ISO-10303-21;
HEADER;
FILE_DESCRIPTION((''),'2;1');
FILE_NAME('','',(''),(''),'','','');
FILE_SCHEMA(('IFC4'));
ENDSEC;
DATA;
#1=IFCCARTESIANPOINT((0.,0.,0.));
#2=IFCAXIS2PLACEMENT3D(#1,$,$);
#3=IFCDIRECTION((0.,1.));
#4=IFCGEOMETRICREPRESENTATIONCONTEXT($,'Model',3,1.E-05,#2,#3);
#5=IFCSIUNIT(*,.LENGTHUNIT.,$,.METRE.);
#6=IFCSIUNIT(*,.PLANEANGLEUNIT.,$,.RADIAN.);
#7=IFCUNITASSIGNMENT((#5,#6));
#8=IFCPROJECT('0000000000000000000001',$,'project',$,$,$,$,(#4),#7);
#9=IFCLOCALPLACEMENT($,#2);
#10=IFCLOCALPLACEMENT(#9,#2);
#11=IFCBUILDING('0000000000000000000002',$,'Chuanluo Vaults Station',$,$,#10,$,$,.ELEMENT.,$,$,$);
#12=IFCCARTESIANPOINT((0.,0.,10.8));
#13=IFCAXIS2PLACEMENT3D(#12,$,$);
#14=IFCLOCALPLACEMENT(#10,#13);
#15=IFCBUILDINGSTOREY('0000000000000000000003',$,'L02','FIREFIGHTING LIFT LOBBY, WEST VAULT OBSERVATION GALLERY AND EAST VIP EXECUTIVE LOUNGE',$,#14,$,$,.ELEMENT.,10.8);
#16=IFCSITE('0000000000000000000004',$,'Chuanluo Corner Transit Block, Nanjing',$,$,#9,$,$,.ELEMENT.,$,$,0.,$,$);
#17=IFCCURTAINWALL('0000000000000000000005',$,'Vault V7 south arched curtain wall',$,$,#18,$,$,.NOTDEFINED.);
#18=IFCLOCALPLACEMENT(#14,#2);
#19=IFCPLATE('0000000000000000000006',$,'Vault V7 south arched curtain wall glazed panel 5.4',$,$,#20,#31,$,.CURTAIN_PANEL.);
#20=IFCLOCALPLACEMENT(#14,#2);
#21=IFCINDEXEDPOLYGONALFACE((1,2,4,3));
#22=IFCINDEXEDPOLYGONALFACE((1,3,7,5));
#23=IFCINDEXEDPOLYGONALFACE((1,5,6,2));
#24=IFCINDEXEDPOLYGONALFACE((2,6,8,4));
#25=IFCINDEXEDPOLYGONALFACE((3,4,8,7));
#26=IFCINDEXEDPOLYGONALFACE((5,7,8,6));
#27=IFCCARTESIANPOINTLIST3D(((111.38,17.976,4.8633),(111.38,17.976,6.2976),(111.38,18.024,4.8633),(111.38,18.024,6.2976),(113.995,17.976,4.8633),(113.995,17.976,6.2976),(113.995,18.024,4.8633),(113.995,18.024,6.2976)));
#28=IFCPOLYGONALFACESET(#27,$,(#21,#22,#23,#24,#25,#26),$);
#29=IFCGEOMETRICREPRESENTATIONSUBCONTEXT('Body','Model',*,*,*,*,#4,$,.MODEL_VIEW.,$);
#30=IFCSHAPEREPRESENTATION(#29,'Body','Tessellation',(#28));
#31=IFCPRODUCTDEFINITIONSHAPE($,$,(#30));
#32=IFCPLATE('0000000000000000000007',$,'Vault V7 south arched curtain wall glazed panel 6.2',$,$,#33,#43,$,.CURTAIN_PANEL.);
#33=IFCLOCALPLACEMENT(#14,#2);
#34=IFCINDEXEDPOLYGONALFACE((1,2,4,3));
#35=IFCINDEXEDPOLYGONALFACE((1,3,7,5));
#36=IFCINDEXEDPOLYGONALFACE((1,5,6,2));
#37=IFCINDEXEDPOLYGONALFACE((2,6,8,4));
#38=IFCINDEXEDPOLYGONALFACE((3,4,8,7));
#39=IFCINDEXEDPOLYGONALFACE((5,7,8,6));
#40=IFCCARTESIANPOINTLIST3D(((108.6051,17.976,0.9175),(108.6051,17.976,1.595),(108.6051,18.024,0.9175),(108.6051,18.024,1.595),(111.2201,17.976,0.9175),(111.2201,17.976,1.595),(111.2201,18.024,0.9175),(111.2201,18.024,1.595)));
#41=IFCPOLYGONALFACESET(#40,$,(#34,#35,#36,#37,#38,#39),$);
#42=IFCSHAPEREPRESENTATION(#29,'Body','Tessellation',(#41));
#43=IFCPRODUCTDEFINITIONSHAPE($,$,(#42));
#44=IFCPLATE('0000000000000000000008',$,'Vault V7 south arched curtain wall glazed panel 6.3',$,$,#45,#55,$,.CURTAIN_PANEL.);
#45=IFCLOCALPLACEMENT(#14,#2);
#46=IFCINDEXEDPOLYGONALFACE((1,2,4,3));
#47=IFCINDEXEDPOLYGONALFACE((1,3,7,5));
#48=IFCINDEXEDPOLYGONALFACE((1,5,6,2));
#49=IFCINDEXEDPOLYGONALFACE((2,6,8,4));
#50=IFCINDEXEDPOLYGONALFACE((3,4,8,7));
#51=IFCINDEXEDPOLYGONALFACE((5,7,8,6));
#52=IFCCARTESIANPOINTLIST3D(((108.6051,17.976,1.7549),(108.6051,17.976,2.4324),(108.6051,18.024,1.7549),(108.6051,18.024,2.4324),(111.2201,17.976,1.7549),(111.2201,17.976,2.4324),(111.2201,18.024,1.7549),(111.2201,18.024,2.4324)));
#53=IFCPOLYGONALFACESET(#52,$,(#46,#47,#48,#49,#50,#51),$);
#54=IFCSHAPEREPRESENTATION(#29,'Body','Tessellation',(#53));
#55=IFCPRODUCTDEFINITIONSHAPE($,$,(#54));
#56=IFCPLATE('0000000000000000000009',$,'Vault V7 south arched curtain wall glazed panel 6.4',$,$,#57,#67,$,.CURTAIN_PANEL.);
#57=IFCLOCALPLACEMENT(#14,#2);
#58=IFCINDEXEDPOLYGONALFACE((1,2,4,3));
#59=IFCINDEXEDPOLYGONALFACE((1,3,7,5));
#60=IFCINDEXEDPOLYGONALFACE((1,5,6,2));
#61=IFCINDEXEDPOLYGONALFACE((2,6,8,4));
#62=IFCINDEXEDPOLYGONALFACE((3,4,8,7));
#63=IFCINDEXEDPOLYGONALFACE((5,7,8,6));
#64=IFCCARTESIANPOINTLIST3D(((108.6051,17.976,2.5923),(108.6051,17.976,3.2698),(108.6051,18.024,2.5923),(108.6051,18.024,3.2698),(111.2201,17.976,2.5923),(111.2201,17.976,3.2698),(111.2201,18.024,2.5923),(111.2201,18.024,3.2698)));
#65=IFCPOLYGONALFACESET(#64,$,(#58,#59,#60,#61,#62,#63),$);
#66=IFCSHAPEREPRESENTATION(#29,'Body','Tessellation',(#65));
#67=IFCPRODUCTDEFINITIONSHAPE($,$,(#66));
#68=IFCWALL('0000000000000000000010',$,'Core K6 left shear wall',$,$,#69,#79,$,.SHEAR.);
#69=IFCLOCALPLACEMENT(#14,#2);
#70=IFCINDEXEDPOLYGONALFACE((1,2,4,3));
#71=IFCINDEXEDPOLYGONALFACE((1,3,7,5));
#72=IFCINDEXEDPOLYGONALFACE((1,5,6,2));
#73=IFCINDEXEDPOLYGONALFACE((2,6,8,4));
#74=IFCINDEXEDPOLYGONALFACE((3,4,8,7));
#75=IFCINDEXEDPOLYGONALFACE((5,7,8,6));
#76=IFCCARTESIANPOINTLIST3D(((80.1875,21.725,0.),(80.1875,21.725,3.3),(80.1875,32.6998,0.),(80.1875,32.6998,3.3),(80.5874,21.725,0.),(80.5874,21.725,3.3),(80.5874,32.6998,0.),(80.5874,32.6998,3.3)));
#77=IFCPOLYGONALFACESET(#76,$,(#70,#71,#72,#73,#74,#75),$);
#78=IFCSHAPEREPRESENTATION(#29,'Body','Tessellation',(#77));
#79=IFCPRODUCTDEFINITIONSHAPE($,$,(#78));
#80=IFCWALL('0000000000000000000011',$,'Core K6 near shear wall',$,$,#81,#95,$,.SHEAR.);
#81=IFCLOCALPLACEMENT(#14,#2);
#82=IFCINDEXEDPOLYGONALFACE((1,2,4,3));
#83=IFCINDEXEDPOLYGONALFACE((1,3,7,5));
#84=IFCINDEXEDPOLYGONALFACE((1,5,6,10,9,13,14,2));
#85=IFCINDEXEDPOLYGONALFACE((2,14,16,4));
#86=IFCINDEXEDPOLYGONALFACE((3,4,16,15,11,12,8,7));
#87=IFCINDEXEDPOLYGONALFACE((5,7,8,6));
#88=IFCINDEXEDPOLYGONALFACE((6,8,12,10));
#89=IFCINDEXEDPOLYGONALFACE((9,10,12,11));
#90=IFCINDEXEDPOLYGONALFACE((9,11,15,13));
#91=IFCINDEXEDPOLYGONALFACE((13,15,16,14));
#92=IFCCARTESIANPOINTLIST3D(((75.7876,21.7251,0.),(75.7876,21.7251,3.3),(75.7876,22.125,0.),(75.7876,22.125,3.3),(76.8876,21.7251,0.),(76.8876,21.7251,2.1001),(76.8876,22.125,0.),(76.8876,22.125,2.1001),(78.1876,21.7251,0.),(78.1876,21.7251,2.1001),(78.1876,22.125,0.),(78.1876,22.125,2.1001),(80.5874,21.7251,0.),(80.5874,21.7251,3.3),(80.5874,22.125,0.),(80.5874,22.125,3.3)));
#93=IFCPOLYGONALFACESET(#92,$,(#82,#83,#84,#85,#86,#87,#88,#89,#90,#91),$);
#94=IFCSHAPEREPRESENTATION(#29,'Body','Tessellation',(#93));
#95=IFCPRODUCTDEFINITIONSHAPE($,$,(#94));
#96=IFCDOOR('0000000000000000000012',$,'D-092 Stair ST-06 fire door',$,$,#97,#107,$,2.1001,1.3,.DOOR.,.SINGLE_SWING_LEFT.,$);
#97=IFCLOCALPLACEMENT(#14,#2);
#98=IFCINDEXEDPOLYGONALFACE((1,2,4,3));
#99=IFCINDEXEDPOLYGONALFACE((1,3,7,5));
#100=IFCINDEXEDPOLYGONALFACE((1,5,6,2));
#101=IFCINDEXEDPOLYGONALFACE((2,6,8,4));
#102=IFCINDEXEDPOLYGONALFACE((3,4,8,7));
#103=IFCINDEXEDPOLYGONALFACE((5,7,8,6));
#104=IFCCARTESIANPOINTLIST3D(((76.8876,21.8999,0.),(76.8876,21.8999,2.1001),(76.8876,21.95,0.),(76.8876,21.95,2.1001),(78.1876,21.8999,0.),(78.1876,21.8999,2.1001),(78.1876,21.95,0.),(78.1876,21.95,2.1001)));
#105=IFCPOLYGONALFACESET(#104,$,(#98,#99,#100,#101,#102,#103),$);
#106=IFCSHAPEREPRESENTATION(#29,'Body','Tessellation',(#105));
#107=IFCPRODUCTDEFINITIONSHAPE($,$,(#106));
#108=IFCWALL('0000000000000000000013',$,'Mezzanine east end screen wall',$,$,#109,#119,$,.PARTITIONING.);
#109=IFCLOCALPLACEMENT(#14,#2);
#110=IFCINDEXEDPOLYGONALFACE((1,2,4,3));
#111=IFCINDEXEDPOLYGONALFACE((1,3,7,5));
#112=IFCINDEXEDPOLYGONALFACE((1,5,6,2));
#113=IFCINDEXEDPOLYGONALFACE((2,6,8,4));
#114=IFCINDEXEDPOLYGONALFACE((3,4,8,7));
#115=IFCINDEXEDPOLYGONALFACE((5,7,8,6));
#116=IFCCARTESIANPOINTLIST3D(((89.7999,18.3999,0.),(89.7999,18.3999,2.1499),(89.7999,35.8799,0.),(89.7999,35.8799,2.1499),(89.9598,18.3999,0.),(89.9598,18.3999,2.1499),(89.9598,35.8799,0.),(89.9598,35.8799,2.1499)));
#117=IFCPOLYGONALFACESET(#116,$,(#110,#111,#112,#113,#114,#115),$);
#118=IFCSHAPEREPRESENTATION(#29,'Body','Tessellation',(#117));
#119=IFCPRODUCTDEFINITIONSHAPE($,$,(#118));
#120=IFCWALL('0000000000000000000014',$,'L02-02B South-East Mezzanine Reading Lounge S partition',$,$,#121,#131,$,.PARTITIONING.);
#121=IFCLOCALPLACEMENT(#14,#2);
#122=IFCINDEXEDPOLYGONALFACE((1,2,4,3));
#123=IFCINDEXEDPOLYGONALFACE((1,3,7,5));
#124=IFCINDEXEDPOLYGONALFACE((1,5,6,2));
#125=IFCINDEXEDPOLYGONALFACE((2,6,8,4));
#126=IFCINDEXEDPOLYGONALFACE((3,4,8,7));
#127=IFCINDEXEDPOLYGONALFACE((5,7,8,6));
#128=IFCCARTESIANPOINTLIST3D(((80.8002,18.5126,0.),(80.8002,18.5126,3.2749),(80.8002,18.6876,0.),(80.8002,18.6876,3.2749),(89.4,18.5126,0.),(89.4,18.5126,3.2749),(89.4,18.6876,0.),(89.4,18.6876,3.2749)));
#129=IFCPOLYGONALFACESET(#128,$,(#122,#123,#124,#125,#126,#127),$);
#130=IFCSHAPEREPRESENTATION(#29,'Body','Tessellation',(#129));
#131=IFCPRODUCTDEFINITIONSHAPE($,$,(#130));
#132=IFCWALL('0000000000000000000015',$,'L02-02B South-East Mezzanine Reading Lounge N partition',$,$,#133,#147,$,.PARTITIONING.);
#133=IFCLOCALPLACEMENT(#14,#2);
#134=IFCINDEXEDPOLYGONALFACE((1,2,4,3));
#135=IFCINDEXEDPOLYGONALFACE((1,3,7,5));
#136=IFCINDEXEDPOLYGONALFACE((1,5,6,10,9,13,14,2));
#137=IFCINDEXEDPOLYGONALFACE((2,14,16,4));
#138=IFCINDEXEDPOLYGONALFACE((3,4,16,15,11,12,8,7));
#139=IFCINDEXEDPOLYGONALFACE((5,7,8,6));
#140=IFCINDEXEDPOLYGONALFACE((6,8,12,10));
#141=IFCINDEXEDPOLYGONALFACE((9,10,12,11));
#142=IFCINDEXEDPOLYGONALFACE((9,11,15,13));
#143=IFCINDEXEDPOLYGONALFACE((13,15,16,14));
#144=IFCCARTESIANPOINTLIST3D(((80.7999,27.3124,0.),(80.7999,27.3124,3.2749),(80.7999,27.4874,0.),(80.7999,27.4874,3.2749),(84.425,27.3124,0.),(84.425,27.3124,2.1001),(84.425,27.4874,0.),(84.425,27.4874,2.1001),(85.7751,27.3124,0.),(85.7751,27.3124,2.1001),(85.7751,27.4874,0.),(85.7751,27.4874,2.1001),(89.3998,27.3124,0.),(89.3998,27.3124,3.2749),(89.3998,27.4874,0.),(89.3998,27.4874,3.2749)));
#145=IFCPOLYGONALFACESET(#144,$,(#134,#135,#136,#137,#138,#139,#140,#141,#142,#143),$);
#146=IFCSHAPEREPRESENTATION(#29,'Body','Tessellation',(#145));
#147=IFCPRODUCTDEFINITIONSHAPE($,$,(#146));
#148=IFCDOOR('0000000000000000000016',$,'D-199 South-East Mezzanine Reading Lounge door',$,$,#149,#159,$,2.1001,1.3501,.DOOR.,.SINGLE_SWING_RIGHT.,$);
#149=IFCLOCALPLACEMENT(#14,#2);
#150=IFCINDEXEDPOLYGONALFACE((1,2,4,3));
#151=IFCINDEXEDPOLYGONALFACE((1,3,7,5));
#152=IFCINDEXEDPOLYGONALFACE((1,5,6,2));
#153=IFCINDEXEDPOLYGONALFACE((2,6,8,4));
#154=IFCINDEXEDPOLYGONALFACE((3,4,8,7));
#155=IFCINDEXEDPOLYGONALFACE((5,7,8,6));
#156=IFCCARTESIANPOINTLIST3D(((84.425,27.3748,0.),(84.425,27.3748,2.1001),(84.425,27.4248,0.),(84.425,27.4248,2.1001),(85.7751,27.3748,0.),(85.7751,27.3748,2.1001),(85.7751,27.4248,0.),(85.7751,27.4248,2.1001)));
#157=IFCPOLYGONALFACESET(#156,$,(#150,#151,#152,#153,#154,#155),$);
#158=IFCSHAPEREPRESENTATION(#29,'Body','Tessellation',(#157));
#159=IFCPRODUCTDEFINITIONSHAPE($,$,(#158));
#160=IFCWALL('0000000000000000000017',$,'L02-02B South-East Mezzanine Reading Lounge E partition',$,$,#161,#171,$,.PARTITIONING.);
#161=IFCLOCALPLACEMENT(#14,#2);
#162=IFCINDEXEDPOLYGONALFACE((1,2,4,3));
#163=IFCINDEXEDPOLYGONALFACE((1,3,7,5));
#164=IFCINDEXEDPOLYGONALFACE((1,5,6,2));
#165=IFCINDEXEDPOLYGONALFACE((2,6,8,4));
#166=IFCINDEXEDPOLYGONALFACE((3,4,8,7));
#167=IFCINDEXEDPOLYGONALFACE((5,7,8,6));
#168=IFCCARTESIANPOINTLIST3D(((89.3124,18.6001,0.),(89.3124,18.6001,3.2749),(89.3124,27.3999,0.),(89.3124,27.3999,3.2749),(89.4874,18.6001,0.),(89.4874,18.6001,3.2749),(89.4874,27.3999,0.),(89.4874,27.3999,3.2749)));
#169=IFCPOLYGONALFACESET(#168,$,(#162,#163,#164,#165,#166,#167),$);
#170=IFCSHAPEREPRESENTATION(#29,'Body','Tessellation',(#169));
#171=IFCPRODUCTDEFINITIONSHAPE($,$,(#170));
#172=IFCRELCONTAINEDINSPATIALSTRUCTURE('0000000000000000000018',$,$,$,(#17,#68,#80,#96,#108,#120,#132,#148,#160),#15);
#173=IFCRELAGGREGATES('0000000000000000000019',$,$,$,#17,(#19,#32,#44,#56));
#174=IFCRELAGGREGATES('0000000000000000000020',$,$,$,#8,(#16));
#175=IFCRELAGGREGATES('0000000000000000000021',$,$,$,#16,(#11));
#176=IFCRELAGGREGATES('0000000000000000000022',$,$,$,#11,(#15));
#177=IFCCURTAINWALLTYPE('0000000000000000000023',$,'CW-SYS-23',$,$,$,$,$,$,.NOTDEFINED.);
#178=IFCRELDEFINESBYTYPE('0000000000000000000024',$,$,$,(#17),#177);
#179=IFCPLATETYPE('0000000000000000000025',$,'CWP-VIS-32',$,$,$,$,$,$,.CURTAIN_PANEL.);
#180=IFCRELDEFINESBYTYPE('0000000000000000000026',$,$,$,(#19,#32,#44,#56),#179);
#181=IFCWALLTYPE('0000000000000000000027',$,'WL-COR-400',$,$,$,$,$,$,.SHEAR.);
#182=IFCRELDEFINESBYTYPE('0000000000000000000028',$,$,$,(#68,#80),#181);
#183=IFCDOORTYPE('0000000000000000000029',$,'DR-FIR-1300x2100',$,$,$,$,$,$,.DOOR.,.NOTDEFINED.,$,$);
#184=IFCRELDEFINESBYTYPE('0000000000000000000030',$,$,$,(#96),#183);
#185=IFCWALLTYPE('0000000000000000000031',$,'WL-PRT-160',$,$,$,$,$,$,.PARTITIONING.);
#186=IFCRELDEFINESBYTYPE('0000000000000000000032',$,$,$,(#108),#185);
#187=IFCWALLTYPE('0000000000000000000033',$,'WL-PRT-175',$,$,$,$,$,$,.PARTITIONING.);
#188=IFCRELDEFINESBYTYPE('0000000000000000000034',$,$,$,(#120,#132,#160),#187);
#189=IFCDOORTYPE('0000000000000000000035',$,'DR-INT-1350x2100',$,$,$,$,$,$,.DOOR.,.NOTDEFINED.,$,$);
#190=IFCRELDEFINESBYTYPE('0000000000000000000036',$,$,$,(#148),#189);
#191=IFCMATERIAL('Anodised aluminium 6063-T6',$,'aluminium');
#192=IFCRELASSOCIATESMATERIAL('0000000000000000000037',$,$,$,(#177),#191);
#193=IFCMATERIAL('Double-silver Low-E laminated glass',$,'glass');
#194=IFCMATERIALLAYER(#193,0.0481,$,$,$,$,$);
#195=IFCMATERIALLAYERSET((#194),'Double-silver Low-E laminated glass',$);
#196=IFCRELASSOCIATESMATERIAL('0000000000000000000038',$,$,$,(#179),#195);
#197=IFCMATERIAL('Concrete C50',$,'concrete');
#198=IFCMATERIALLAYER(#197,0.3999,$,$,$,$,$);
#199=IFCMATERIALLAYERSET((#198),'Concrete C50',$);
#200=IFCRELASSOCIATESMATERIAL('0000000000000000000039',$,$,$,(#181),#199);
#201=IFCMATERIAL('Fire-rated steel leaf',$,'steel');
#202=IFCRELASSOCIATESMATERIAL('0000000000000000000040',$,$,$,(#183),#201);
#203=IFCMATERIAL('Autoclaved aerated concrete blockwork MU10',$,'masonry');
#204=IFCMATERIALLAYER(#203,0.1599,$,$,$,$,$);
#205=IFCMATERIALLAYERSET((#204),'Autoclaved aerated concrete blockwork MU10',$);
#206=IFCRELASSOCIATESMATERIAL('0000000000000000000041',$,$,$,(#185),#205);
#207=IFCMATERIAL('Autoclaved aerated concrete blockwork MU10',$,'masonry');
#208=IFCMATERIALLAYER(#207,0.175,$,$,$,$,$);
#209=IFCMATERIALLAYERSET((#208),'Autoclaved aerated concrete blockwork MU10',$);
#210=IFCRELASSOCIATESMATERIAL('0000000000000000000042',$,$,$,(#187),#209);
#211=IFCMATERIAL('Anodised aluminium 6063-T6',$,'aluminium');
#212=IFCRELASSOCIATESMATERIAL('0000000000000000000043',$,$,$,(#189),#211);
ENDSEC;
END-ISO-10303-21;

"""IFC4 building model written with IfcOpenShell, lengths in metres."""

from ifc_helpers import new_model, si_unit, direction, frame, frame_2d, origin, origin_2d, place, context, subcontext, project, spatial, rectangle, extrude, material, layer, layer_set, type_object, element, fill, aggregate, save


model = new_model("IFC4")

# Units and contexts
model_context = context("Model", 3, precision=1e-05, world=origin(), true_north=direction((0.0, 1.0)))
body_context = subcontext(model_context, "Body", "Model", "MODEL_VIEW")
ifc_project = project(units=[si_unit("LENGTHUNIT", "METRE"), si_unit("PLANEANGLEUNIT", "RADIAN")], contexts=[model_context])

# Site, building, storey
site_placement = place(None, origin())
site = spatial("IfcSite", under=ifc_project, at=site_placement, Name="Chuanluo Corner Transit Block, Nanjing", CompositionType="ELEMENT", RefElevation=0.0)
building_placement = place(site_placement, origin())
building = spatial("IfcBuilding", under=site, at=building_placement, Name="Chuanluo Vaults Station", CompositionType="ELEMENT")
storey_placement = place(building_placement, frame((0.0, 0.0, 10.8)))
storey = spatial("IfcBuildingStorey", under=building, at=storey_placement, Name="L02", Description="FIREFIGHTING LIFT LOBBY, WEST VAULT OBSERVATION GALLERY AND EAST VIP EXECUTIVE LOUNGE", CompositionType="ELEMENT", Elevation=10.8)

# Curtain wall, plates
ifc_material_1 = material(Name="Anodised aluminium 6063-T6", Category="aluminium")
curtain_wall_type = type_object("IfcCurtainWallType", Name="CW-SYS-23", PredefinedType="NOTDEFINED", material=ifc_material_1)
curtain_wall_placement = place(storey_placement, origin())
curtain_wall = element("IfcCurtainWall", 1, at=curtain_wall_placement, inside=storey, type_object=curtain_wall_type, Name="Vault V7 south arched curtain wall", PredefinedType="NOTDEFINED")
ifc_material_2 = material(Name="Double-silver Low-E laminated glass", Category="glass")
ifc_layer_1 = layer(ifc_material_2, 0.0481)
ifc_layer_set_1 = layer_set([ifc_layer_1], Name="Double-silver Low-E laminated glass")
plate_type_1 = type_object("IfcPlateType", Name="CWP-VIS-32", PredefinedType="CURTAIN_PANEL", material=ifc_layer_set_1)
plate_1_placement = place(storey_placement, frame((112.6875, 18.0, 4.8633), z_axis=(0.0, 0.0, 1.0), x_axis=(-1.0, 0.0, 0.0)))
plate_1 = element("IfcPlate", 2, at=plate_1_placement, type_object=plate_type_1, Name="Vault V7 south arched curtain wall glazed panel 5.4", PredefinedType="CURTAIN_PANEL", context=body_context, shape_type="SweptSolid", body=[
    extrude(rectangle(XDim=2.615, YDim=0.0481, at=origin_2d()), origin(), (0.0, 0.0, 1.0), 1.4343),
])
plate_2_placement = place(storey_placement, frame((109.9126, 18.0, 0.9175), z_axis=(0.0, 0.0, 1.0), x_axis=(-1.0, 0.0, 0.0)))
plate_2 = element("IfcPlate", 3, at=plate_2_placement, type_object=plate_type_1, Name="Vault V7 south arched curtain wall glazed panel 6.2", PredefinedType="CURTAIN_PANEL", context=body_context, shape_type="SweptSolid", body=[
    extrude(rectangle(XDim=2.615, YDim=0.0481, at=origin_2d()), origin(), (0.0, 0.0, 1.0), 0.6775),
])
plate_3_placement = place(storey_placement, frame((109.9126, 18.0, 1.7549), z_axis=(0.0, 0.0, 1.0), x_axis=(-1.0, 0.0, 0.0)))
plate_3 = element("IfcPlate", 4, at=plate_3_placement, type_object=plate_type_1, Name="Vault V7 south arched curtain wall glazed panel 6.3", PredefinedType="CURTAIN_PANEL", context=body_context, shape_type="SweptSolid", body=[
    extrude(rectangle(XDim=2.615, YDim=0.0481, at=origin_2d()), origin(), (0.0, 0.0, 1.0), 0.6775),
])
plate_4_placement = place(storey_placement, frame((109.9126, 18.0, 2.5923), z_axis=(0.0, 0.0, 1.0), x_axis=(-1.0, 0.0, 0.0)))
plate_4 = element("IfcPlate", 5, at=plate_4_placement, type_object=plate_type_1, Name="Vault V7 south arched curtain wall glazed panel 6.4", PredefinedType="CURTAIN_PANEL", context=body_context, shape_type="SweptSolid", body=[
    extrude(rectangle(XDim=2.615, YDim=0.0481, at=origin_2d()), origin(), (0.0, 0.0, 1.0), 0.6775),
])
aggregate(curtain_wall, [plate_1, plate_2, plate_3, plate_4])

# Wall
ifc_material_3 = material(Name="Concrete C50", Category="concrete")
ifc_layer_2 = layer(ifc_material_3, 0.3999)
ifc_layer_set_2 = layer_set([ifc_layer_2], Name="Concrete C50")
wall_type_1 = type_object("IfcWallType", Name="WL-COR-400", PredefinedType="SHEAR", material=ifc_layer_set_2)
wall_1_placement = place(storey_placement, frame((80.3875, 21.7251, 0.0), z_axis=(0.0, 0.0, 1.0), x_axis=(0.0, 1.0, 0.0)))
element("IfcWall", 6, at=wall_1_placement, inside=storey, type_object=wall_type_1, Name="Core K6 left shear wall", PredefinedType="SHEAR", context=body_context, shape_type="SweptSolid", body=[
    extrude(rectangle(XDim=10.9749, YDim=0.3999, at=frame_2d((5.4873, 0.0))), origin(), (0.0, 0.0, 1.0), 3.3),
])

# Wall, opening, door
wall_2_placement = place(storey_placement, frame((75.7876, 21.925, 0.0), z_axis=(0.0, 0.0, 1.0), x_axis=(1.0, 0.0, 0.0)))
wall_2 = element("IfcWall", 7, at=wall_2_placement, inside=storey, type_object=wall_type_1, Name="Core K6 near shear wall", PredefinedType="SHEAR", context=body_context, shape_type="SweptSolid", body=[
    extrude(rectangle(XDim=4.7998, YDim=0.3999, at=frame_2d((2.3999, 0.0))), origin(), (0.0, 0.0, 1.0), 3.3),
])
opening_1_placement = place(wall_2_placement, frame((1.1001, 0.0, 0.0)))
opening_1 = element("IfcOpeningElement", 8, at=opening_1_placement, cuts=wall_2, PredefinedType="OPENING", context=body_context, shape_type="SweptSolid", body=[
    extrude(rectangle(XDim=1.3, YDim=2.1001, at=frame_2d((0.6499, 1.05))), frame((0.0, 0.2099, 0.0), z_axis=(0.0, -1.0, 0.0), x_axis=(1.0, 0.0, 0.0)), (0.0, 0.0, 1.0), 0.4199),
])
ifc_material_4 = material(Name="Fire-rated steel leaf", Category="steel")
door_type_1 = type_object("IfcDoorType", Name="DR-FIR-1300x2100", OperationType="NOTDEFINED", PredefinedType="DOOR", material=ifc_material_4)
door_1_placement = place(opening_1_placement, origin())
door_1 = element("IfcDoor", 9, at=door_1_placement, inside=storey, type_object=door_type_1, Name="D-092 Stair ST-06 fire door", OperationType="SINGLE_SWING_LEFT", OverallHeight=2.1001, OverallWidth=1.3, PredefinedType="DOOR", context=body_context, shape_type="SweptSolid", body=[
    extrude(rectangle(XDim=1.3, YDim=2.1001, at=frame_2d((0.6499, 1.05))), frame((0.0, 0.0249, 0.0), z_axis=(0.0, -1.0, 0.0), x_axis=(1.0, 0.0, 0.0)), (0.0, 0.0, 1.0), 0.05),
])
fill(opening_1, door_1)

# Walls
ifc_material_5 = material(Name="Autoclaved aerated concrete blockwork MU10", Category="masonry")
ifc_layer_3 = layer(ifc_material_5, 0.1599)
ifc_layer_set_3 = layer_set([ifc_layer_3], Name="Autoclaved aerated concrete blockwork MU10")
wall_type_2 = type_object("IfcWallType", Name="WL-PRT-160", PredefinedType="PARTITIONING", material=ifc_layer_set_3)
wall_3_placement = place(storey_placement, frame((89.8799, 18.3999, 0.0), z_axis=(0.0, 0.0, 1.0), x_axis=(0.0, 1.0, 0.0)))
element("IfcWall", 10, at=wall_3_placement, inside=storey, type_object=wall_type_2, Name="Mezzanine east end screen wall", PredefinedType="PARTITIONING", context=body_context, shape_type="SweptSolid", body=[
    extrude(rectangle(XDim=17.48, YDim=0.1599, at=frame_2d((8.74, 0.0))), origin(), (0.0, 0.0, 1.0), 2.1499),
])
ifc_material_6 = material(Name="Autoclaved aerated concrete blockwork MU10", Category="masonry")
ifc_layer_4 = layer(ifc_material_6, 0.175)
ifc_layer_set_4 = layer_set([ifc_layer_4], Name="Autoclaved aerated concrete blockwork MU10")
wall_type_3 = type_object("IfcWallType", Name="WL-PRT-175", PredefinedType="PARTITIONING", material=ifc_layer_set_4)
wall_4_placement = place(storey_placement, frame((89.3999, 18.6001, 0.0), z_axis=(0.0, 0.0, 1.0), x_axis=(-1.0, 0.0, 0.0)))
element("IfcWall", 11, at=wall_4_placement, inside=storey, type_object=wall_type_3, Name="L02-02B South-East Mezzanine Reading Lounge S partition", PredefinedType="PARTITIONING", context=body_context, shape_type="SweptSolid", body=[
    extrude(rectangle(XDim=8.5999, YDim=0.175, at=frame_2d((4.2998, 0.0))), origin(), (0.0, 0.0, 1.0), 3.2749),
])

# Wall, opening, door
wall_5_placement = place(storey_placement, frame((80.8, 27.3999, 0.0), z_axis=(0.0, 0.0, 1.0), x_axis=(1.0, 0.0, 0.0)))
wall_5 = element("IfcWall", 12, at=wall_5_placement, inside=storey, type_object=wall_type_3, Name="L02-02B South-East Mezzanine Reading Lounge N partition", PredefinedType="PARTITIONING", context=body_context, shape_type="SweptSolid", body=[
    extrude(rectangle(XDim=8.5999, YDim=0.175, at=frame_2d((4.2998, 0.0))), origin(), (0.0, 0.0, 1.0), 3.2749),
])
opening_2_placement = place(wall_5_placement, frame((3.625, 0.0, 0.0)))
opening_2 = element("IfcOpeningElement", 13, at=opening_2_placement, cuts=wall_5, PredefinedType="OPENING", context=body_context, shape_type="SweptSolid", body=[
    extrude(rectangle(XDim=1.3501, YDim=2.1001, at=frame_2d((0.675, 1.05))), frame((0.0, 0.0974, 0.0), z_axis=(0.0, -1.0, 0.0), x_axis=(1.0, 0.0, 0.0)), (0.0, 0.0, 1.0), 0.1951),
])
ifc_material_7 = material(Name="Anodised aluminium 6063-T6", Category="aluminium")
door_type_2 = type_object("IfcDoorType", Name="DR-INT-1350x2100", OperationType="NOTDEFINED", PredefinedType="DOOR", material=ifc_material_7)
door_2_placement = place(opening_2_placement, origin())
door_2 = element("IfcDoor", 14, at=door_2_placement, inside=storey, type_object=door_type_2, Name="D-199 South-East Mezzanine Reading Lounge door", OperationType="SINGLE_SWING_RIGHT", OverallHeight=2.1001, OverallWidth=1.3501, PredefinedType="DOOR", context=body_context, shape_type="SweptSolid", body=[
    extrude(rectangle(XDim=1.3501, YDim=2.1001, at=frame_2d((0.675, 1.05))), frame((0.0, 0.0249, 0.0), z_axis=(0.0, -1.0, 0.0), x_axis=(1.0, 0.0, 0.0)), (0.0, 0.0, 1.0), 0.05),
])
fill(opening_2, door_2)

# Wall
wall_6_placement = place(storey_placement, frame((89.3999, 27.3999, 0.0), z_axis=(0.0, 0.0, 1.0), x_axis=(0.0, -1.0, 0.0)))
element("IfcWall", 15, at=wall_6_placement, inside=storey, type_object=wall_type_3, Name="L02-02B South-East Mezzanine Reading Lounge E partition", PredefinedType="PARTITIONING", context=body_context, shape_type="SweptSolid", body=[
    extrude(rectangle(XDim=8.7998, YDim=0.175, at=frame_2d((4.3999, 0.0))), origin(), (0.0, 0.0, 1.0), 3.2749),
])

save(model, "model.ifc")
